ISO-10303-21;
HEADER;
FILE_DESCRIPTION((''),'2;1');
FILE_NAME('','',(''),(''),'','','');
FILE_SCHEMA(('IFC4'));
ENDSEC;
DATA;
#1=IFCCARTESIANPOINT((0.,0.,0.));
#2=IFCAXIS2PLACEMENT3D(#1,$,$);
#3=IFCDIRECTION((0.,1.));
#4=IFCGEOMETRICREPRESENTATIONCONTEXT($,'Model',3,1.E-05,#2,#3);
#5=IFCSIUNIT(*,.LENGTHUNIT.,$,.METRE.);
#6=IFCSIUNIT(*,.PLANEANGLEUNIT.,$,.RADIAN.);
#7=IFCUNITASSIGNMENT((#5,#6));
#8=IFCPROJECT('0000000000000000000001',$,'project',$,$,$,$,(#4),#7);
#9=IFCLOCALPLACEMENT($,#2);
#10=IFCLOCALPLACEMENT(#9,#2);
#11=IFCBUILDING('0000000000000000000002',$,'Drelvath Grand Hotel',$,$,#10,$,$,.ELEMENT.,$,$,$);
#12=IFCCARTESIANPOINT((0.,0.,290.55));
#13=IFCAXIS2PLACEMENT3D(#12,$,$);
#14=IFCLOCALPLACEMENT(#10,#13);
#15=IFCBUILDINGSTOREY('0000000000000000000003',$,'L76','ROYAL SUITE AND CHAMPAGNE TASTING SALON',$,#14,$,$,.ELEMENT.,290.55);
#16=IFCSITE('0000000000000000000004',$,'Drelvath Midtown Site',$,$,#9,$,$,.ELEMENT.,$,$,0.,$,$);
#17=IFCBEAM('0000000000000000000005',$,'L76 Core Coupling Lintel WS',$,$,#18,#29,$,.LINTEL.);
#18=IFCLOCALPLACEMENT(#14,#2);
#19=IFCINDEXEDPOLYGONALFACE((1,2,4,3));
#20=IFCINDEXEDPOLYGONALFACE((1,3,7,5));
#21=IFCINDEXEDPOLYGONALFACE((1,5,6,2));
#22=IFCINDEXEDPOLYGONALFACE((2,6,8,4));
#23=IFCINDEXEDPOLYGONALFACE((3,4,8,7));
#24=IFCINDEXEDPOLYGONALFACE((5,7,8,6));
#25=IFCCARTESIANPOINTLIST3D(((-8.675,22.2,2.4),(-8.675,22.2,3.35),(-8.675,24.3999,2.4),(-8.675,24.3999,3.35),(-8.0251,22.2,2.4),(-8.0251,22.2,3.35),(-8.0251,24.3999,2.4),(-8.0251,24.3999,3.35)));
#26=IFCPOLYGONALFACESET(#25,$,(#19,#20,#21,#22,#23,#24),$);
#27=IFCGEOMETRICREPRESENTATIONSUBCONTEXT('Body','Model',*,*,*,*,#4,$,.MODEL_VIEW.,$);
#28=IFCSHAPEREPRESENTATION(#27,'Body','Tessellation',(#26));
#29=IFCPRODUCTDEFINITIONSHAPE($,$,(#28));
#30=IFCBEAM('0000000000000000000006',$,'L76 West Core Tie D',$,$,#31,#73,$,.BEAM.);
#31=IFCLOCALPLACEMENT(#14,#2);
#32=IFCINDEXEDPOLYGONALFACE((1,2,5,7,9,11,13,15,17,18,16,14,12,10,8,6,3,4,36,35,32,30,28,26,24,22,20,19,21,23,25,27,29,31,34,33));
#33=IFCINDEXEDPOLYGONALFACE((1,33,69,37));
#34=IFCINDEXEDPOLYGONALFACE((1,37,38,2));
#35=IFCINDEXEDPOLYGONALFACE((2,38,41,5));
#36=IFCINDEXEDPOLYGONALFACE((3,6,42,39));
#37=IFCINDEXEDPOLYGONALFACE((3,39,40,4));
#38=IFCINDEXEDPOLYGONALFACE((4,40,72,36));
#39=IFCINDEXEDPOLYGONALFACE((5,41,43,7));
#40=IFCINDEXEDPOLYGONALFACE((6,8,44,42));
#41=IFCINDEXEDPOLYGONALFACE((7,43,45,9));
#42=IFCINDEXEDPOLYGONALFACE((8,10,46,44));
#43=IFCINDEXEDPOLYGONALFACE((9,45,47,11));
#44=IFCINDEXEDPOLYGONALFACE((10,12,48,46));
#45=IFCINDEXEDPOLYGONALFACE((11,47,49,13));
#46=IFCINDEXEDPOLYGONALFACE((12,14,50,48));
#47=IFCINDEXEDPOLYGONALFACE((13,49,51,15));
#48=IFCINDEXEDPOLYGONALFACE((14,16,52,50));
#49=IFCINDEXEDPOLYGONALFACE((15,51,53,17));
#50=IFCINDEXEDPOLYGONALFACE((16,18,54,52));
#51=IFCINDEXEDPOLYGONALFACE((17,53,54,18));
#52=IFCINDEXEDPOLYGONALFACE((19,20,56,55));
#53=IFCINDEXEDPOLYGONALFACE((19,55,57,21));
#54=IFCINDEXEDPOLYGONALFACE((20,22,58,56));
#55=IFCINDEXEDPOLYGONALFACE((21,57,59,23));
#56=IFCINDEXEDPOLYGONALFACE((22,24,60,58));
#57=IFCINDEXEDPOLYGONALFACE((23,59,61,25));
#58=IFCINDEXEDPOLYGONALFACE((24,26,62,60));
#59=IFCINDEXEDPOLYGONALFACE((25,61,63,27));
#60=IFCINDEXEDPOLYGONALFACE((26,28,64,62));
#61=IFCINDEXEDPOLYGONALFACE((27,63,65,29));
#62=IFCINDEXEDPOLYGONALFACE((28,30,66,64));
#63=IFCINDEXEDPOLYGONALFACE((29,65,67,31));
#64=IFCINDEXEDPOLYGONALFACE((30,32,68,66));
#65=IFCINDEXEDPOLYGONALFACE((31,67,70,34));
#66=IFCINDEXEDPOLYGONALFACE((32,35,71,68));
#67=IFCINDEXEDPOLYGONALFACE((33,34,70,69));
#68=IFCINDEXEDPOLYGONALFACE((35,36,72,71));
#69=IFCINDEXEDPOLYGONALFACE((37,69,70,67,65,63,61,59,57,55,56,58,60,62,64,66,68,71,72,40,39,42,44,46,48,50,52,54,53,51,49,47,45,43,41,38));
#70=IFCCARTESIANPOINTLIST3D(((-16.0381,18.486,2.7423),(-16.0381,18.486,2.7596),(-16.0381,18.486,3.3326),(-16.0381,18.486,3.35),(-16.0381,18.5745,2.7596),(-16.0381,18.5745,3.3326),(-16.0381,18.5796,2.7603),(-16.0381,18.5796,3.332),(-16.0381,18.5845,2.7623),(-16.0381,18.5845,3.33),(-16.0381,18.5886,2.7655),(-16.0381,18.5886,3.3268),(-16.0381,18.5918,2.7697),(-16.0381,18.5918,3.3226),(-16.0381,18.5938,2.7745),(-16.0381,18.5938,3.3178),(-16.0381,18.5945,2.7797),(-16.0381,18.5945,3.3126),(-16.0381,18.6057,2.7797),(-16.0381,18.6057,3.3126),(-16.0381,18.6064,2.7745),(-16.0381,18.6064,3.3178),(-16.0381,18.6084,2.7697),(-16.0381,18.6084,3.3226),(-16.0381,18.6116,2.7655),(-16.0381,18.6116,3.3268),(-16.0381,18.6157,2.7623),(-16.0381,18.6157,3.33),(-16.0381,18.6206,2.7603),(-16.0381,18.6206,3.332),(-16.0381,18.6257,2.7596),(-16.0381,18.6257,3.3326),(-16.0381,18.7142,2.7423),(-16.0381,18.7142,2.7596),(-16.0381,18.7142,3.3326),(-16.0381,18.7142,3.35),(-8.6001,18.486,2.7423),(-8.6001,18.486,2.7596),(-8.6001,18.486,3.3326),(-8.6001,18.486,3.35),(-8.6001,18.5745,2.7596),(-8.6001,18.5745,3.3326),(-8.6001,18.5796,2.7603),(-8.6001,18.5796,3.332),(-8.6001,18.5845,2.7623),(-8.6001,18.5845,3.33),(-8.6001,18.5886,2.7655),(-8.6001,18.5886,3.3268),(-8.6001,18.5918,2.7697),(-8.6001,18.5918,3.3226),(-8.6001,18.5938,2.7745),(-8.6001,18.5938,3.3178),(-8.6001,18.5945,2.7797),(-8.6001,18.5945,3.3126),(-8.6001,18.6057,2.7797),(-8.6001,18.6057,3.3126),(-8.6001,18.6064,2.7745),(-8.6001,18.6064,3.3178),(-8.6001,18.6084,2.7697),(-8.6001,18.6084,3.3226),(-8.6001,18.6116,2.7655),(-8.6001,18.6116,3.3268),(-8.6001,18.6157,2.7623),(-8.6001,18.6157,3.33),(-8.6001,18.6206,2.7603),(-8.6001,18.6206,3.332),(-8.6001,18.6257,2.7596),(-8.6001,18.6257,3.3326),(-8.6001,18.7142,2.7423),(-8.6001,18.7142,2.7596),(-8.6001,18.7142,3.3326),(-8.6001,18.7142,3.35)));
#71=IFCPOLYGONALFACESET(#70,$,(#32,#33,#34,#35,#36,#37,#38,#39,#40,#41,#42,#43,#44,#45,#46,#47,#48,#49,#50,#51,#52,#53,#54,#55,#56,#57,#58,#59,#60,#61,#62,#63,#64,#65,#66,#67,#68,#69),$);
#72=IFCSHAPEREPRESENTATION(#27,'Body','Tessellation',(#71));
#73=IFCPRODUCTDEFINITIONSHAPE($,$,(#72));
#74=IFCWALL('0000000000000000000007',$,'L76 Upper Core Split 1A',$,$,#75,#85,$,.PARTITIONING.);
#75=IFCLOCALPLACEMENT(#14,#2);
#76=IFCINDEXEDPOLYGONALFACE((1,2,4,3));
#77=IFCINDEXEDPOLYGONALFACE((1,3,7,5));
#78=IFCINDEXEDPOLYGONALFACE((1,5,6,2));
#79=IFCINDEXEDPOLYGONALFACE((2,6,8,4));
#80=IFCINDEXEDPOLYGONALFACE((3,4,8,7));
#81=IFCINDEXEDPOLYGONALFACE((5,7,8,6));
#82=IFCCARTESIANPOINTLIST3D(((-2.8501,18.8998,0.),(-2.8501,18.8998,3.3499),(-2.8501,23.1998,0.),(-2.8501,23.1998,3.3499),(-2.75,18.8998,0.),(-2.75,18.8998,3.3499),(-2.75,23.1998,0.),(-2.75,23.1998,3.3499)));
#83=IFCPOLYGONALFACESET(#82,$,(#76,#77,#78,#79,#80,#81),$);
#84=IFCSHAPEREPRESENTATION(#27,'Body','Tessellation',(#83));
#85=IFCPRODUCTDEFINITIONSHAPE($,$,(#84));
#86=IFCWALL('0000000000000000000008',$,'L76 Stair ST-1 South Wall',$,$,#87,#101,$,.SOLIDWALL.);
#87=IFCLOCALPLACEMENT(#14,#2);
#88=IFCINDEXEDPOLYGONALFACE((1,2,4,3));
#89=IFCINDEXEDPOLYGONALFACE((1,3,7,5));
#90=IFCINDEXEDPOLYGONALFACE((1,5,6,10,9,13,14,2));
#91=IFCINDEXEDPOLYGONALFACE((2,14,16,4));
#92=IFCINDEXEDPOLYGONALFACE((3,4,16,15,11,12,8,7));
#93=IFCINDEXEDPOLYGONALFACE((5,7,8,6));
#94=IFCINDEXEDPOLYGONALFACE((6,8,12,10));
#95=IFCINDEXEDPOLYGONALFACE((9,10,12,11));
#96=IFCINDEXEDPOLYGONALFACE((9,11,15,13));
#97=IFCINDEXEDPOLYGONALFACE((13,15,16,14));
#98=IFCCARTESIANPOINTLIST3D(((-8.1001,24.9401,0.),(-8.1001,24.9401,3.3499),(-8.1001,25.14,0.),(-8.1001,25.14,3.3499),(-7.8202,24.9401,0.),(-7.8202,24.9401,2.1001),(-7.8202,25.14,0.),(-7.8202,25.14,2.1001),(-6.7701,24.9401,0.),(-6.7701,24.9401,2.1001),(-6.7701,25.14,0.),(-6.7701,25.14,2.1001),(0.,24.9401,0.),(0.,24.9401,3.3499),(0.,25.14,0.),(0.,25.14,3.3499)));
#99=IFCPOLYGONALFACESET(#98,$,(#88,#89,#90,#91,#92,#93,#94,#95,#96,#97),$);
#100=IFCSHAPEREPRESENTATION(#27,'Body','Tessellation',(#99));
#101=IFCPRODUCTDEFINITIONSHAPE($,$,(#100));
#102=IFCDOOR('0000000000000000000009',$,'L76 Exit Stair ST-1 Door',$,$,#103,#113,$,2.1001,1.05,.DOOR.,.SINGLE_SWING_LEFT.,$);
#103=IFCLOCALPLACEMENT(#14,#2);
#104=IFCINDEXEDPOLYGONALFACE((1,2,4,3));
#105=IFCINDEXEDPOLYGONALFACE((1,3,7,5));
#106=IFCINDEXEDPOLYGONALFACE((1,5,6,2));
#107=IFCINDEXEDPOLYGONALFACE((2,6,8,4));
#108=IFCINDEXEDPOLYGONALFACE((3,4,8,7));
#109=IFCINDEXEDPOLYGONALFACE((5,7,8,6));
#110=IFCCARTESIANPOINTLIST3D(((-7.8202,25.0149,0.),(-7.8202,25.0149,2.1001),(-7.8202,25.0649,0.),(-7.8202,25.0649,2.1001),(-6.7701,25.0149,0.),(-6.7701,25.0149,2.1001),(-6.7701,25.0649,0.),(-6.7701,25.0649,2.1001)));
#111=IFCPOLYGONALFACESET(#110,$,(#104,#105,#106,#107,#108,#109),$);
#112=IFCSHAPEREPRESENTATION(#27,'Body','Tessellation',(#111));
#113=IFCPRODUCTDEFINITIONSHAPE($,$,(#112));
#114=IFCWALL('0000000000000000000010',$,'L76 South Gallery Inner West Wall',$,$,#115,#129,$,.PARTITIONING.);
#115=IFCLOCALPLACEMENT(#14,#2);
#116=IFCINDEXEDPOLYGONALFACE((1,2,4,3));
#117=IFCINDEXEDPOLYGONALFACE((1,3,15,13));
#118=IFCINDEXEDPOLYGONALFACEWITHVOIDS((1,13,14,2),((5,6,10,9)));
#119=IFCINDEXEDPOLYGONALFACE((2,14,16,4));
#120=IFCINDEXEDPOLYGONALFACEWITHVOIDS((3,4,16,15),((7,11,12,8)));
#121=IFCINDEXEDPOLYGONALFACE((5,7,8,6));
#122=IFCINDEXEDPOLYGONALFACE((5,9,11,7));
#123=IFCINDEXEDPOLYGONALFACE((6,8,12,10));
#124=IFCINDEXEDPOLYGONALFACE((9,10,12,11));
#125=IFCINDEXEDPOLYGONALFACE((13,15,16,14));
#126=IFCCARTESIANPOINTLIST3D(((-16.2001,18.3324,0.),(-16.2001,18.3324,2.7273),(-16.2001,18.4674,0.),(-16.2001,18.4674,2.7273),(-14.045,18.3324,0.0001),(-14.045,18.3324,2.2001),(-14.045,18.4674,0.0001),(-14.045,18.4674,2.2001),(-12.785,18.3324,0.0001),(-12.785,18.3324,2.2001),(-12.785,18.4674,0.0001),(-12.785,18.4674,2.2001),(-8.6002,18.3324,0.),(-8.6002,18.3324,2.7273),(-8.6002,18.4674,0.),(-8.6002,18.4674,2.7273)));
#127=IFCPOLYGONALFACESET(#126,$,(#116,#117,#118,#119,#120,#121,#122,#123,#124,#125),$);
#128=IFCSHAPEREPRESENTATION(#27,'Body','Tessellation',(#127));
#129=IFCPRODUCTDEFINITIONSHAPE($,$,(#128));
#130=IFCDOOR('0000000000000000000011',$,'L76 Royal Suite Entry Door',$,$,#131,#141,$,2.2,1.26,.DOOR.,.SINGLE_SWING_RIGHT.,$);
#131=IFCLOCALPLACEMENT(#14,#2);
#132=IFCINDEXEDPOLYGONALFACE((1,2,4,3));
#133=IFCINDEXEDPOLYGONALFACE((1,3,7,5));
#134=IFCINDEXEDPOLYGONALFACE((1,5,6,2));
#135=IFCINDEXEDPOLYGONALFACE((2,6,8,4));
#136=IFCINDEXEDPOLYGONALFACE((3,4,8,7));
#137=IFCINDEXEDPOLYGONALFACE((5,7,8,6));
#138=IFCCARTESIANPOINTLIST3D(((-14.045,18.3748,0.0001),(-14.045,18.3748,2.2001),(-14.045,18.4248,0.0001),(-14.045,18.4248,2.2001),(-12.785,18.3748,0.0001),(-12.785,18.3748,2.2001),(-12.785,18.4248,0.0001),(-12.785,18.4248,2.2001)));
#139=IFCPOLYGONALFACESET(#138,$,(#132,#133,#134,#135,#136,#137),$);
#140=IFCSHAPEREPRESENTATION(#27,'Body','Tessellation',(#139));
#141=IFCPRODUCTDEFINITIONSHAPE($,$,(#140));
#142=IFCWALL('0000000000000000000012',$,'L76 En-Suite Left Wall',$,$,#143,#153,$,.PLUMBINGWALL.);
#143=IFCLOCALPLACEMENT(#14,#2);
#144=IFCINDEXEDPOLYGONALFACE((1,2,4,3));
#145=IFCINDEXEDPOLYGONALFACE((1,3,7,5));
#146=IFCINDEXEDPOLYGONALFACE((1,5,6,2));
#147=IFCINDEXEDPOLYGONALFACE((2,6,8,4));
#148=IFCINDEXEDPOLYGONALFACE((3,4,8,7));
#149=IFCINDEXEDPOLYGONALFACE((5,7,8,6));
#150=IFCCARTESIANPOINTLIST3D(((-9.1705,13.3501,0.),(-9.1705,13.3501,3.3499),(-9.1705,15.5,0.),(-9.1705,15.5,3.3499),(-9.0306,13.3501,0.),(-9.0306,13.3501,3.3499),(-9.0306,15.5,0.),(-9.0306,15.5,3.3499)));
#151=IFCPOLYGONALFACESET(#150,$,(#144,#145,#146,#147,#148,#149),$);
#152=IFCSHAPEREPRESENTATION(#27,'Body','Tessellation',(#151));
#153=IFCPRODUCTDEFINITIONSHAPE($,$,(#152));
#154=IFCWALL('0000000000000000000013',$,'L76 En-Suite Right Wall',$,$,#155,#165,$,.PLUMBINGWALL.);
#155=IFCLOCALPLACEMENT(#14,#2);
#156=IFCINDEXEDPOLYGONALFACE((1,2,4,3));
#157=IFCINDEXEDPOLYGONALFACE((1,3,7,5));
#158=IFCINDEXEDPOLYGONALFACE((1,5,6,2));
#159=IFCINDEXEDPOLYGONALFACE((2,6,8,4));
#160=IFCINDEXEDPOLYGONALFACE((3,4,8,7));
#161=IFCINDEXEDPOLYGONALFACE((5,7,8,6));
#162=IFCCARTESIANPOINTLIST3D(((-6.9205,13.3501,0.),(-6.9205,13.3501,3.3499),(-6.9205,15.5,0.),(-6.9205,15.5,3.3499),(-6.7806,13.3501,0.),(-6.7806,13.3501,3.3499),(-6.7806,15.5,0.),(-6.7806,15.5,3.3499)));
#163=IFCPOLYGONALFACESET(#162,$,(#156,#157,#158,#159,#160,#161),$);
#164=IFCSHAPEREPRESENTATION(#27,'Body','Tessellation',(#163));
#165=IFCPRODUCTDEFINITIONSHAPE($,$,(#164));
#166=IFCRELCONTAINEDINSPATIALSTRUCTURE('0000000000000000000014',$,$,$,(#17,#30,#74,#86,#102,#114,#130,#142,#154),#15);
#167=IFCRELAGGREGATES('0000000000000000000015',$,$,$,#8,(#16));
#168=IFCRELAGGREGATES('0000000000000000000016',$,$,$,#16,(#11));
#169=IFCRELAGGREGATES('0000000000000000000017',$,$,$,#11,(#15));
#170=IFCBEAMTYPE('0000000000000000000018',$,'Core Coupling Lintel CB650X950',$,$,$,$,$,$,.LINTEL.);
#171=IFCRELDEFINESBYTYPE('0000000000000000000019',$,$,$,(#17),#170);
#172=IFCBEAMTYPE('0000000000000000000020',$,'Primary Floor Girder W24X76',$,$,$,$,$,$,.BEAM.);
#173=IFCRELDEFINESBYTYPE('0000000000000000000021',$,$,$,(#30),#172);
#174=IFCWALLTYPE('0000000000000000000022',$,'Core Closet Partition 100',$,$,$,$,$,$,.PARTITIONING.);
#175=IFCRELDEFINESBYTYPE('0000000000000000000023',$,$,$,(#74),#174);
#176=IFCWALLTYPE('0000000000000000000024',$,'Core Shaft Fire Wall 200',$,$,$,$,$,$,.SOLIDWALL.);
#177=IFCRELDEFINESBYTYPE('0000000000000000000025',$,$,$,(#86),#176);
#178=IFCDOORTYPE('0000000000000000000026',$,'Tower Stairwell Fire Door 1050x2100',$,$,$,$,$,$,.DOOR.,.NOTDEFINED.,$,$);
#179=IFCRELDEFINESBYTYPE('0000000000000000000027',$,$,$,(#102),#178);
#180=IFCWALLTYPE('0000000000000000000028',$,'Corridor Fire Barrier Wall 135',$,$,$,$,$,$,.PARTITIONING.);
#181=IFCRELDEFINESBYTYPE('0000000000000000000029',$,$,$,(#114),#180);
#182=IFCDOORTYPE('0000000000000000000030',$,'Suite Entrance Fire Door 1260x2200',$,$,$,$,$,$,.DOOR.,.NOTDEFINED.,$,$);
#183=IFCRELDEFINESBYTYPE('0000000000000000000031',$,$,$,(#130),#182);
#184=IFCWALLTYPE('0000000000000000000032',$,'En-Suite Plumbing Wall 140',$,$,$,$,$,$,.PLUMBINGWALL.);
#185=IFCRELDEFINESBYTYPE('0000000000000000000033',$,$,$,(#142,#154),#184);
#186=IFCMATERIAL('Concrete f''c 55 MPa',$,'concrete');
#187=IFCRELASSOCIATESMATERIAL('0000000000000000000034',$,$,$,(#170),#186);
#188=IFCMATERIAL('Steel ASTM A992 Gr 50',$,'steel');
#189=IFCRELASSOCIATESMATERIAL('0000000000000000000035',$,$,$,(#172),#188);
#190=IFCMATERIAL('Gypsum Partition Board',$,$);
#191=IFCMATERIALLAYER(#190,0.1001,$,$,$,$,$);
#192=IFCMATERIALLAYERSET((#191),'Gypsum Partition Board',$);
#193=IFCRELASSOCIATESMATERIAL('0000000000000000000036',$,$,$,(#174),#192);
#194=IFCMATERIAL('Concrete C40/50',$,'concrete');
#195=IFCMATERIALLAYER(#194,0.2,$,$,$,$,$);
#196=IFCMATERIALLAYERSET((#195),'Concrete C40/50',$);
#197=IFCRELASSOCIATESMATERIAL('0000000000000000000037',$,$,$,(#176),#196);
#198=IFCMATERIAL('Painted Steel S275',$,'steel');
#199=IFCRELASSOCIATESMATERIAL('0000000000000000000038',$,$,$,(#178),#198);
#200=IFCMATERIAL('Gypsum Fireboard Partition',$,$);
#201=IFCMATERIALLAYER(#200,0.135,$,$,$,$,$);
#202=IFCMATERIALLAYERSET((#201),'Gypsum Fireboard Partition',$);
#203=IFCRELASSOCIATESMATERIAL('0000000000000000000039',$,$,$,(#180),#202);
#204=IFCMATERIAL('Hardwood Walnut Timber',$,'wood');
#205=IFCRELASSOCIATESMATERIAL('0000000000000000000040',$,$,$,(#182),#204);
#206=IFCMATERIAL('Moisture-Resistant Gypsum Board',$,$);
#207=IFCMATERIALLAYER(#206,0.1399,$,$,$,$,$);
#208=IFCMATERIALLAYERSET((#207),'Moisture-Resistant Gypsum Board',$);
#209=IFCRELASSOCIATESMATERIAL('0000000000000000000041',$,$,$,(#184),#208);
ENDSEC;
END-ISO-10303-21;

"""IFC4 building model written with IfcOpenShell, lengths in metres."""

from ifc_helpers import new_model, si_unit, direction, frame, frame_2d, origin, origin_2d, place, context, subcontext, project, spatial, rectangle, i_section, extrude, material, layer, layer_set, material_profile, profile_set, type_object, element, fill, save


model = new_model("IFC4")

# Units and contexts
model_context = context("Model", 3, precision=1e-05, world=origin(), true_north=direction((0.0, 1.0)))
body_context = subcontext(model_context, "Body", "Model", "MODEL_VIEW")
ifc_project = project(units=[si_unit("LENGTHUNIT", "METRE"), si_unit("PLANEANGLEUNIT", "RADIAN")], contexts=[model_context])

# Site, building, storey
site_placement = place(None, origin())
site = spatial("IfcSite", under=ifc_project, at=site_placement, Name="Drelvath Midtown Site", CompositionType="ELEMENT", RefElevation=0.0)
building_placement = place(site_placement, origin())
building = spatial("IfcBuilding", under=site, at=building_placement, Name="Drelvath Grand Hotel", CompositionType="ELEMENT")
storey_placement = place(building_placement, frame((0.0, 0.0, 290.55)))
storey = spatial("IfcBuildingStorey", under=building, at=storey_placement, Name="L76", Description="ROYAL SUITE AND CHAMPAGNE TASTING SALON", CompositionType="ELEMENT", Elevation=290.55)

# Beams
ifc_material_1 = material(Name="Concrete f'c 55 MPa", Category="concrete")
ifc_material_profile_1 = material_profile(ifc_material_1, rectangle(XDim=0.6499, YDim=0.95, at=origin_2d()), Name="CB650X950")
ifc_profile_set_1 = profile_set([ifc_material_profile_1], Name="Concrete f'c 55 MPa")
beam_type_1 = type_object("IfcBeamType", Name="Core Coupling Lintel CB650X950", PredefinedType="LINTEL", material=ifc_profile_set_1)
beam_1_placement = place(storey_placement, frame((-8.3501, 22.2, 2.875), z_axis=(0.0, 1.0, 0.0), x_axis=(-1.0, 0.0, 0.0)))
element("IfcBeam", 1, at=beam_1_placement, inside=storey, type_object=beam_type_1, Name="L76 Core Coupling Lintel WS", PredefinedType="LINTEL", context=body_context, shape_type="SweptSolid", body=[
    extrude(rectangle(XDim=0.6499, YDim=0.95, at=origin_2d()), origin(), (0.0, 0.0, 1.0), 2.2),
])
ifc_material_2 = material(Name="Steel ASTM A992 Gr 50", Category="steel")
ifc_material_profile_2 = material_profile(ifc_material_2, i_section(OverallWidth=0.2283, OverallDepth=0.6077, WebThickness=0.0112, FlangeThickness=0.0173, FilletRadius=0.02, at=origin_2d()), Name="W24X76")
ifc_profile_set_2 = profile_set([ifc_material_profile_2], Name="Steel ASTM A992 Gr 50")
beam_type_2 = type_object("IfcBeamType", Name="Primary Floor Girder W24X76", PredefinedType="BEAM", material=ifc_profile_set_2)
beam_2_placement = place(storey_placement, frame((-16.0381, 18.6001, 3.0461), z_axis=(1.0, 0.0, 0.0), x_axis=(0.0, 1.0, 0.0)))
element("IfcBeam", 2, at=beam_2_placement, inside=storey, type_object=beam_type_2, Name="L76 West Core Tie D", PredefinedType="BEAM", context=body_context, shape_type="SweptSolid", body=[
    extrude(i_section(OverallWidth=0.2283, OverallDepth=0.6077, WebThickness=0.0112, FlangeThickness=0.0173, FilletRadius=0.02, at=origin_2d()), origin(), (0.0, 0.0, 1.0), 7.438),
])

# Wall
ifc_material_3 = material(Name="Gypsum Partition Board")
ifc_layer_1 = layer(ifc_material_3, 0.1001)
ifc_layer_set_1 = layer_set([ifc_layer_1], Name="Gypsum Partition Board")
wall_type_1 = type_object("IfcWallType", Name="Core Closet Partition 100", PredefinedType="PARTITIONING", material=ifc_layer_set_1)
wall_1_placement = place(storey_placement, frame((-2.8, 18.8999, 0.0), z_axis=(0.0, 0.0, 1.0), x_axis=(0.0, 1.0, 0.0)))
element("IfcWall", 3, at=wall_1_placement, inside=storey, type_object=wall_type_1, Name="L76 Upper Core Split 1A", PredefinedType="PARTITIONING", context=body_context, shape_type="SweptSolid", body=[
    extrude(rectangle(XDim=4.3, YDim=0.1001, at=frame_2d((2.1499, 0.0))), origin(), (0.0, 0.0, 1.0), 3.3499),
])

# Walls, openings, doors
ifc_material_4 = material(Name="Concrete C40/50", Category="concrete")
ifc_layer_2 = layer(ifc_material_4, 0.2)
ifc_layer_set_2 = layer_set([ifc_layer_2], Name="Concrete C40/50")
wall_type_2 = type_object("IfcWallType", Name="Core Shaft Fire Wall 200", PredefinedType="SOLIDWALL", material=ifc_layer_set_2)
wall_2_placement = place(storey_placement, frame((-8.1001, 25.04, 0.0), z_axis=(0.0, 0.0, 1.0), x_axis=(1.0, 0.0, 0.0)))
wall_2 = element("IfcWall", 4, at=wall_2_placement, inside=storey, type_object=wall_type_2, Name="L76 Stair ST-1 South Wall", PredefinedType="SOLIDWALL", context=body_context, shape_type="SweptSolid", body=[
    extrude(rectangle(XDim=8.1001, YDim=0.2, at=frame_2d((4.05, 0.0))), origin(), (0.0, 0.0, 1.0), 3.3499),
])
opening_1_placement = place(wall_2_placement, frame((0.28, 0.0, 0.0)))
opening_1 = element("IfcOpeningElement", 5, at=opening_1_placement, cuts=wall_2, PredefinedType="OPENING", context=body_context, shape_type="SweptSolid", body=[
    extrude(rectangle(XDim=1.05, YDim=2.1001, at=frame_2d((0.5249, 1.05))), frame((0.0, 0.1099, 0.0), z_axis=(0.0, -1.0, 0.0), x_axis=(1.0, 0.0, 0.0)), (0.0, 0.0, 1.0), 0.22),
])
ifc_material_5 = material(Name="Painted Steel S275", Category="steel")
door_type_1 = type_object("IfcDoorType", Name="Tower Stairwell Fire Door 1050x2100", OperationType="NOTDEFINED", PredefinedType="DOOR", material=ifc_material_5)
door_1_placement = place(opening_1_placement, origin())
door_1 = element("IfcDoor", 6, at=door_1_placement, inside=storey, type_object=door_type_1, Name="L76 Exit Stair ST-1 Door", OperationType="SINGLE_SWING_LEFT", OverallHeight=2.1001, OverallWidth=1.05, PredefinedType="DOOR", context=body_context, shape_type="SweptSolid", body=[
    extrude(rectangle(XDim=1.05, YDim=2.1001, at=frame_2d((0.5249, 1.05))), frame((0.0, 0.0249, 0.0), z_axis=(0.0, -1.0, 0.0), x_axis=(1.0, 0.0, 0.0)), (0.0, 0.0, 1.0), 0.05),
])
fill(opening_1, door_1)
ifc_material_6 = material(Name="Gypsum Fireboard Partition")
ifc_layer_3 = layer(ifc_material_6, 0.135)
ifc_layer_set_3 = layer_set([ifc_layer_3], Name="Gypsum Fireboard Partition")
wall_type_3 = type_object("IfcWallType", Name="Corridor Fire Barrier Wall 135", PredefinedType="PARTITIONING", material=ifc_layer_set_3)
wall_3_placement = place(storey_placement, frame((-16.2, 18.3999, 0.0), z_axis=(0.0, 0.0, 1.0), x_axis=(1.0, 0.0, 0.0)))
wall_3 = element("IfcWall", 7, at=wall_3_placement, inside=storey, type_object=wall_type_3, Name="L76 South Gallery Inner West Wall", PredefinedType="PARTITIONING", context=body_context, shape_type="SweptSolid", body=[
    extrude(rectangle(XDim=7.5999, YDim=0.135, at=frame_2d((3.7998, 0.0))), origin(), (0.0, 0.0, 1.0), 2.7273),
])
opening_2_placement = place(wall_3_placement, frame((2.155, 0.0, 0.0)))
opening_2 = element("IfcOpeningElement", 8, at=opening_2_placement, cuts=wall_3, PredefinedType="OPENING", context=body_context, shape_type="SweptSolid", body=[
    extrude(rectangle(XDim=1.26, YDim=2.2, at=frame_2d((0.6299, 1.1001))), frame((0.0, 0.0774, 0.0), z_axis=(0.0, -1.0, 0.0), x_axis=(1.0, 0.0, 0.0)), (0.0, 0.0, 1.0), 0.155),
])
ifc_material_7 = material(Name="Hardwood Walnut Timber", Category="wood")
door_type_2 = type_object("IfcDoorType", Name="Suite Entrance Fire Door 1260x2200", OperationType="NOTDEFINED", PredefinedType="DOOR", material=ifc_material_7)
door_2_placement = place(opening_2_placement, origin())
door_2 = element("IfcDoor", 9, at=door_2_placement, inside=storey, type_object=door_type_2, Name="L76 Royal Suite Entry Door", OperationType="SINGLE_SWING_RIGHT", OverallHeight=2.2, OverallWidth=1.26, PredefinedType="DOOR", context=body_context, shape_type="SweptSolid", body=[
    extrude(rectangle(XDim=1.26, YDim=2.2, at=frame_2d((0.6299, 1.1001))), frame((0.0, 0.0249, 0.0), z_axis=(0.0, -1.0, 0.0), x_axis=(1.0, 0.0, 0.0)), (0.0, 0.0, 1.0), 0.05),
])
fill(opening_2, door_2)

# Walls
ifc_material_8 = material(Name="Moisture-Resistant Gypsum Board")
ifc_layer_4 = layer(ifc_material_8, 0.1399)
ifc_layer_set_4 = layer_set([ifc_layer_4], Name="Moisture-Resistant Gypsum Board")
wall_type_4 = type_object("IfcWallType", Name="En-Suite Plumbing Wall 140", PredefinedType="PLUMBINGWALL", material=ifc_layer_set_4)
for number, where, z_axis, x_axis, name in (
    (10, (-9.1006, 15.5, 0.0), (0.0, 0.0, 1.0), (0.0, -1.0, 0.0), "L76 En-Suite Left Wall"),
    (11, (-6.8506, 15.5, 0.0), (0.0, 0.0, 1.0), (0.0, -1.0, 0.0), "L76 En-Suite Right Wall"),
):
    element("IfcWall", number, at=place(storey_placement, frame(where, z_axis=z_axis, x_axis=x_axis)), inside=storey, type_object=wall_type_4, Name=name, PredefinedType="PLUMBINGWALL", context=body_context, shape_type="SweptSolid", body=[
        extrude(rectangle(XDim=2.1499, YDim=0.1399, at=frame_2d((1.075, 0.0))), origin(), (0.0, 0.0, 1.0), 3.3499),
    ])

save(model, "model.ifc")
